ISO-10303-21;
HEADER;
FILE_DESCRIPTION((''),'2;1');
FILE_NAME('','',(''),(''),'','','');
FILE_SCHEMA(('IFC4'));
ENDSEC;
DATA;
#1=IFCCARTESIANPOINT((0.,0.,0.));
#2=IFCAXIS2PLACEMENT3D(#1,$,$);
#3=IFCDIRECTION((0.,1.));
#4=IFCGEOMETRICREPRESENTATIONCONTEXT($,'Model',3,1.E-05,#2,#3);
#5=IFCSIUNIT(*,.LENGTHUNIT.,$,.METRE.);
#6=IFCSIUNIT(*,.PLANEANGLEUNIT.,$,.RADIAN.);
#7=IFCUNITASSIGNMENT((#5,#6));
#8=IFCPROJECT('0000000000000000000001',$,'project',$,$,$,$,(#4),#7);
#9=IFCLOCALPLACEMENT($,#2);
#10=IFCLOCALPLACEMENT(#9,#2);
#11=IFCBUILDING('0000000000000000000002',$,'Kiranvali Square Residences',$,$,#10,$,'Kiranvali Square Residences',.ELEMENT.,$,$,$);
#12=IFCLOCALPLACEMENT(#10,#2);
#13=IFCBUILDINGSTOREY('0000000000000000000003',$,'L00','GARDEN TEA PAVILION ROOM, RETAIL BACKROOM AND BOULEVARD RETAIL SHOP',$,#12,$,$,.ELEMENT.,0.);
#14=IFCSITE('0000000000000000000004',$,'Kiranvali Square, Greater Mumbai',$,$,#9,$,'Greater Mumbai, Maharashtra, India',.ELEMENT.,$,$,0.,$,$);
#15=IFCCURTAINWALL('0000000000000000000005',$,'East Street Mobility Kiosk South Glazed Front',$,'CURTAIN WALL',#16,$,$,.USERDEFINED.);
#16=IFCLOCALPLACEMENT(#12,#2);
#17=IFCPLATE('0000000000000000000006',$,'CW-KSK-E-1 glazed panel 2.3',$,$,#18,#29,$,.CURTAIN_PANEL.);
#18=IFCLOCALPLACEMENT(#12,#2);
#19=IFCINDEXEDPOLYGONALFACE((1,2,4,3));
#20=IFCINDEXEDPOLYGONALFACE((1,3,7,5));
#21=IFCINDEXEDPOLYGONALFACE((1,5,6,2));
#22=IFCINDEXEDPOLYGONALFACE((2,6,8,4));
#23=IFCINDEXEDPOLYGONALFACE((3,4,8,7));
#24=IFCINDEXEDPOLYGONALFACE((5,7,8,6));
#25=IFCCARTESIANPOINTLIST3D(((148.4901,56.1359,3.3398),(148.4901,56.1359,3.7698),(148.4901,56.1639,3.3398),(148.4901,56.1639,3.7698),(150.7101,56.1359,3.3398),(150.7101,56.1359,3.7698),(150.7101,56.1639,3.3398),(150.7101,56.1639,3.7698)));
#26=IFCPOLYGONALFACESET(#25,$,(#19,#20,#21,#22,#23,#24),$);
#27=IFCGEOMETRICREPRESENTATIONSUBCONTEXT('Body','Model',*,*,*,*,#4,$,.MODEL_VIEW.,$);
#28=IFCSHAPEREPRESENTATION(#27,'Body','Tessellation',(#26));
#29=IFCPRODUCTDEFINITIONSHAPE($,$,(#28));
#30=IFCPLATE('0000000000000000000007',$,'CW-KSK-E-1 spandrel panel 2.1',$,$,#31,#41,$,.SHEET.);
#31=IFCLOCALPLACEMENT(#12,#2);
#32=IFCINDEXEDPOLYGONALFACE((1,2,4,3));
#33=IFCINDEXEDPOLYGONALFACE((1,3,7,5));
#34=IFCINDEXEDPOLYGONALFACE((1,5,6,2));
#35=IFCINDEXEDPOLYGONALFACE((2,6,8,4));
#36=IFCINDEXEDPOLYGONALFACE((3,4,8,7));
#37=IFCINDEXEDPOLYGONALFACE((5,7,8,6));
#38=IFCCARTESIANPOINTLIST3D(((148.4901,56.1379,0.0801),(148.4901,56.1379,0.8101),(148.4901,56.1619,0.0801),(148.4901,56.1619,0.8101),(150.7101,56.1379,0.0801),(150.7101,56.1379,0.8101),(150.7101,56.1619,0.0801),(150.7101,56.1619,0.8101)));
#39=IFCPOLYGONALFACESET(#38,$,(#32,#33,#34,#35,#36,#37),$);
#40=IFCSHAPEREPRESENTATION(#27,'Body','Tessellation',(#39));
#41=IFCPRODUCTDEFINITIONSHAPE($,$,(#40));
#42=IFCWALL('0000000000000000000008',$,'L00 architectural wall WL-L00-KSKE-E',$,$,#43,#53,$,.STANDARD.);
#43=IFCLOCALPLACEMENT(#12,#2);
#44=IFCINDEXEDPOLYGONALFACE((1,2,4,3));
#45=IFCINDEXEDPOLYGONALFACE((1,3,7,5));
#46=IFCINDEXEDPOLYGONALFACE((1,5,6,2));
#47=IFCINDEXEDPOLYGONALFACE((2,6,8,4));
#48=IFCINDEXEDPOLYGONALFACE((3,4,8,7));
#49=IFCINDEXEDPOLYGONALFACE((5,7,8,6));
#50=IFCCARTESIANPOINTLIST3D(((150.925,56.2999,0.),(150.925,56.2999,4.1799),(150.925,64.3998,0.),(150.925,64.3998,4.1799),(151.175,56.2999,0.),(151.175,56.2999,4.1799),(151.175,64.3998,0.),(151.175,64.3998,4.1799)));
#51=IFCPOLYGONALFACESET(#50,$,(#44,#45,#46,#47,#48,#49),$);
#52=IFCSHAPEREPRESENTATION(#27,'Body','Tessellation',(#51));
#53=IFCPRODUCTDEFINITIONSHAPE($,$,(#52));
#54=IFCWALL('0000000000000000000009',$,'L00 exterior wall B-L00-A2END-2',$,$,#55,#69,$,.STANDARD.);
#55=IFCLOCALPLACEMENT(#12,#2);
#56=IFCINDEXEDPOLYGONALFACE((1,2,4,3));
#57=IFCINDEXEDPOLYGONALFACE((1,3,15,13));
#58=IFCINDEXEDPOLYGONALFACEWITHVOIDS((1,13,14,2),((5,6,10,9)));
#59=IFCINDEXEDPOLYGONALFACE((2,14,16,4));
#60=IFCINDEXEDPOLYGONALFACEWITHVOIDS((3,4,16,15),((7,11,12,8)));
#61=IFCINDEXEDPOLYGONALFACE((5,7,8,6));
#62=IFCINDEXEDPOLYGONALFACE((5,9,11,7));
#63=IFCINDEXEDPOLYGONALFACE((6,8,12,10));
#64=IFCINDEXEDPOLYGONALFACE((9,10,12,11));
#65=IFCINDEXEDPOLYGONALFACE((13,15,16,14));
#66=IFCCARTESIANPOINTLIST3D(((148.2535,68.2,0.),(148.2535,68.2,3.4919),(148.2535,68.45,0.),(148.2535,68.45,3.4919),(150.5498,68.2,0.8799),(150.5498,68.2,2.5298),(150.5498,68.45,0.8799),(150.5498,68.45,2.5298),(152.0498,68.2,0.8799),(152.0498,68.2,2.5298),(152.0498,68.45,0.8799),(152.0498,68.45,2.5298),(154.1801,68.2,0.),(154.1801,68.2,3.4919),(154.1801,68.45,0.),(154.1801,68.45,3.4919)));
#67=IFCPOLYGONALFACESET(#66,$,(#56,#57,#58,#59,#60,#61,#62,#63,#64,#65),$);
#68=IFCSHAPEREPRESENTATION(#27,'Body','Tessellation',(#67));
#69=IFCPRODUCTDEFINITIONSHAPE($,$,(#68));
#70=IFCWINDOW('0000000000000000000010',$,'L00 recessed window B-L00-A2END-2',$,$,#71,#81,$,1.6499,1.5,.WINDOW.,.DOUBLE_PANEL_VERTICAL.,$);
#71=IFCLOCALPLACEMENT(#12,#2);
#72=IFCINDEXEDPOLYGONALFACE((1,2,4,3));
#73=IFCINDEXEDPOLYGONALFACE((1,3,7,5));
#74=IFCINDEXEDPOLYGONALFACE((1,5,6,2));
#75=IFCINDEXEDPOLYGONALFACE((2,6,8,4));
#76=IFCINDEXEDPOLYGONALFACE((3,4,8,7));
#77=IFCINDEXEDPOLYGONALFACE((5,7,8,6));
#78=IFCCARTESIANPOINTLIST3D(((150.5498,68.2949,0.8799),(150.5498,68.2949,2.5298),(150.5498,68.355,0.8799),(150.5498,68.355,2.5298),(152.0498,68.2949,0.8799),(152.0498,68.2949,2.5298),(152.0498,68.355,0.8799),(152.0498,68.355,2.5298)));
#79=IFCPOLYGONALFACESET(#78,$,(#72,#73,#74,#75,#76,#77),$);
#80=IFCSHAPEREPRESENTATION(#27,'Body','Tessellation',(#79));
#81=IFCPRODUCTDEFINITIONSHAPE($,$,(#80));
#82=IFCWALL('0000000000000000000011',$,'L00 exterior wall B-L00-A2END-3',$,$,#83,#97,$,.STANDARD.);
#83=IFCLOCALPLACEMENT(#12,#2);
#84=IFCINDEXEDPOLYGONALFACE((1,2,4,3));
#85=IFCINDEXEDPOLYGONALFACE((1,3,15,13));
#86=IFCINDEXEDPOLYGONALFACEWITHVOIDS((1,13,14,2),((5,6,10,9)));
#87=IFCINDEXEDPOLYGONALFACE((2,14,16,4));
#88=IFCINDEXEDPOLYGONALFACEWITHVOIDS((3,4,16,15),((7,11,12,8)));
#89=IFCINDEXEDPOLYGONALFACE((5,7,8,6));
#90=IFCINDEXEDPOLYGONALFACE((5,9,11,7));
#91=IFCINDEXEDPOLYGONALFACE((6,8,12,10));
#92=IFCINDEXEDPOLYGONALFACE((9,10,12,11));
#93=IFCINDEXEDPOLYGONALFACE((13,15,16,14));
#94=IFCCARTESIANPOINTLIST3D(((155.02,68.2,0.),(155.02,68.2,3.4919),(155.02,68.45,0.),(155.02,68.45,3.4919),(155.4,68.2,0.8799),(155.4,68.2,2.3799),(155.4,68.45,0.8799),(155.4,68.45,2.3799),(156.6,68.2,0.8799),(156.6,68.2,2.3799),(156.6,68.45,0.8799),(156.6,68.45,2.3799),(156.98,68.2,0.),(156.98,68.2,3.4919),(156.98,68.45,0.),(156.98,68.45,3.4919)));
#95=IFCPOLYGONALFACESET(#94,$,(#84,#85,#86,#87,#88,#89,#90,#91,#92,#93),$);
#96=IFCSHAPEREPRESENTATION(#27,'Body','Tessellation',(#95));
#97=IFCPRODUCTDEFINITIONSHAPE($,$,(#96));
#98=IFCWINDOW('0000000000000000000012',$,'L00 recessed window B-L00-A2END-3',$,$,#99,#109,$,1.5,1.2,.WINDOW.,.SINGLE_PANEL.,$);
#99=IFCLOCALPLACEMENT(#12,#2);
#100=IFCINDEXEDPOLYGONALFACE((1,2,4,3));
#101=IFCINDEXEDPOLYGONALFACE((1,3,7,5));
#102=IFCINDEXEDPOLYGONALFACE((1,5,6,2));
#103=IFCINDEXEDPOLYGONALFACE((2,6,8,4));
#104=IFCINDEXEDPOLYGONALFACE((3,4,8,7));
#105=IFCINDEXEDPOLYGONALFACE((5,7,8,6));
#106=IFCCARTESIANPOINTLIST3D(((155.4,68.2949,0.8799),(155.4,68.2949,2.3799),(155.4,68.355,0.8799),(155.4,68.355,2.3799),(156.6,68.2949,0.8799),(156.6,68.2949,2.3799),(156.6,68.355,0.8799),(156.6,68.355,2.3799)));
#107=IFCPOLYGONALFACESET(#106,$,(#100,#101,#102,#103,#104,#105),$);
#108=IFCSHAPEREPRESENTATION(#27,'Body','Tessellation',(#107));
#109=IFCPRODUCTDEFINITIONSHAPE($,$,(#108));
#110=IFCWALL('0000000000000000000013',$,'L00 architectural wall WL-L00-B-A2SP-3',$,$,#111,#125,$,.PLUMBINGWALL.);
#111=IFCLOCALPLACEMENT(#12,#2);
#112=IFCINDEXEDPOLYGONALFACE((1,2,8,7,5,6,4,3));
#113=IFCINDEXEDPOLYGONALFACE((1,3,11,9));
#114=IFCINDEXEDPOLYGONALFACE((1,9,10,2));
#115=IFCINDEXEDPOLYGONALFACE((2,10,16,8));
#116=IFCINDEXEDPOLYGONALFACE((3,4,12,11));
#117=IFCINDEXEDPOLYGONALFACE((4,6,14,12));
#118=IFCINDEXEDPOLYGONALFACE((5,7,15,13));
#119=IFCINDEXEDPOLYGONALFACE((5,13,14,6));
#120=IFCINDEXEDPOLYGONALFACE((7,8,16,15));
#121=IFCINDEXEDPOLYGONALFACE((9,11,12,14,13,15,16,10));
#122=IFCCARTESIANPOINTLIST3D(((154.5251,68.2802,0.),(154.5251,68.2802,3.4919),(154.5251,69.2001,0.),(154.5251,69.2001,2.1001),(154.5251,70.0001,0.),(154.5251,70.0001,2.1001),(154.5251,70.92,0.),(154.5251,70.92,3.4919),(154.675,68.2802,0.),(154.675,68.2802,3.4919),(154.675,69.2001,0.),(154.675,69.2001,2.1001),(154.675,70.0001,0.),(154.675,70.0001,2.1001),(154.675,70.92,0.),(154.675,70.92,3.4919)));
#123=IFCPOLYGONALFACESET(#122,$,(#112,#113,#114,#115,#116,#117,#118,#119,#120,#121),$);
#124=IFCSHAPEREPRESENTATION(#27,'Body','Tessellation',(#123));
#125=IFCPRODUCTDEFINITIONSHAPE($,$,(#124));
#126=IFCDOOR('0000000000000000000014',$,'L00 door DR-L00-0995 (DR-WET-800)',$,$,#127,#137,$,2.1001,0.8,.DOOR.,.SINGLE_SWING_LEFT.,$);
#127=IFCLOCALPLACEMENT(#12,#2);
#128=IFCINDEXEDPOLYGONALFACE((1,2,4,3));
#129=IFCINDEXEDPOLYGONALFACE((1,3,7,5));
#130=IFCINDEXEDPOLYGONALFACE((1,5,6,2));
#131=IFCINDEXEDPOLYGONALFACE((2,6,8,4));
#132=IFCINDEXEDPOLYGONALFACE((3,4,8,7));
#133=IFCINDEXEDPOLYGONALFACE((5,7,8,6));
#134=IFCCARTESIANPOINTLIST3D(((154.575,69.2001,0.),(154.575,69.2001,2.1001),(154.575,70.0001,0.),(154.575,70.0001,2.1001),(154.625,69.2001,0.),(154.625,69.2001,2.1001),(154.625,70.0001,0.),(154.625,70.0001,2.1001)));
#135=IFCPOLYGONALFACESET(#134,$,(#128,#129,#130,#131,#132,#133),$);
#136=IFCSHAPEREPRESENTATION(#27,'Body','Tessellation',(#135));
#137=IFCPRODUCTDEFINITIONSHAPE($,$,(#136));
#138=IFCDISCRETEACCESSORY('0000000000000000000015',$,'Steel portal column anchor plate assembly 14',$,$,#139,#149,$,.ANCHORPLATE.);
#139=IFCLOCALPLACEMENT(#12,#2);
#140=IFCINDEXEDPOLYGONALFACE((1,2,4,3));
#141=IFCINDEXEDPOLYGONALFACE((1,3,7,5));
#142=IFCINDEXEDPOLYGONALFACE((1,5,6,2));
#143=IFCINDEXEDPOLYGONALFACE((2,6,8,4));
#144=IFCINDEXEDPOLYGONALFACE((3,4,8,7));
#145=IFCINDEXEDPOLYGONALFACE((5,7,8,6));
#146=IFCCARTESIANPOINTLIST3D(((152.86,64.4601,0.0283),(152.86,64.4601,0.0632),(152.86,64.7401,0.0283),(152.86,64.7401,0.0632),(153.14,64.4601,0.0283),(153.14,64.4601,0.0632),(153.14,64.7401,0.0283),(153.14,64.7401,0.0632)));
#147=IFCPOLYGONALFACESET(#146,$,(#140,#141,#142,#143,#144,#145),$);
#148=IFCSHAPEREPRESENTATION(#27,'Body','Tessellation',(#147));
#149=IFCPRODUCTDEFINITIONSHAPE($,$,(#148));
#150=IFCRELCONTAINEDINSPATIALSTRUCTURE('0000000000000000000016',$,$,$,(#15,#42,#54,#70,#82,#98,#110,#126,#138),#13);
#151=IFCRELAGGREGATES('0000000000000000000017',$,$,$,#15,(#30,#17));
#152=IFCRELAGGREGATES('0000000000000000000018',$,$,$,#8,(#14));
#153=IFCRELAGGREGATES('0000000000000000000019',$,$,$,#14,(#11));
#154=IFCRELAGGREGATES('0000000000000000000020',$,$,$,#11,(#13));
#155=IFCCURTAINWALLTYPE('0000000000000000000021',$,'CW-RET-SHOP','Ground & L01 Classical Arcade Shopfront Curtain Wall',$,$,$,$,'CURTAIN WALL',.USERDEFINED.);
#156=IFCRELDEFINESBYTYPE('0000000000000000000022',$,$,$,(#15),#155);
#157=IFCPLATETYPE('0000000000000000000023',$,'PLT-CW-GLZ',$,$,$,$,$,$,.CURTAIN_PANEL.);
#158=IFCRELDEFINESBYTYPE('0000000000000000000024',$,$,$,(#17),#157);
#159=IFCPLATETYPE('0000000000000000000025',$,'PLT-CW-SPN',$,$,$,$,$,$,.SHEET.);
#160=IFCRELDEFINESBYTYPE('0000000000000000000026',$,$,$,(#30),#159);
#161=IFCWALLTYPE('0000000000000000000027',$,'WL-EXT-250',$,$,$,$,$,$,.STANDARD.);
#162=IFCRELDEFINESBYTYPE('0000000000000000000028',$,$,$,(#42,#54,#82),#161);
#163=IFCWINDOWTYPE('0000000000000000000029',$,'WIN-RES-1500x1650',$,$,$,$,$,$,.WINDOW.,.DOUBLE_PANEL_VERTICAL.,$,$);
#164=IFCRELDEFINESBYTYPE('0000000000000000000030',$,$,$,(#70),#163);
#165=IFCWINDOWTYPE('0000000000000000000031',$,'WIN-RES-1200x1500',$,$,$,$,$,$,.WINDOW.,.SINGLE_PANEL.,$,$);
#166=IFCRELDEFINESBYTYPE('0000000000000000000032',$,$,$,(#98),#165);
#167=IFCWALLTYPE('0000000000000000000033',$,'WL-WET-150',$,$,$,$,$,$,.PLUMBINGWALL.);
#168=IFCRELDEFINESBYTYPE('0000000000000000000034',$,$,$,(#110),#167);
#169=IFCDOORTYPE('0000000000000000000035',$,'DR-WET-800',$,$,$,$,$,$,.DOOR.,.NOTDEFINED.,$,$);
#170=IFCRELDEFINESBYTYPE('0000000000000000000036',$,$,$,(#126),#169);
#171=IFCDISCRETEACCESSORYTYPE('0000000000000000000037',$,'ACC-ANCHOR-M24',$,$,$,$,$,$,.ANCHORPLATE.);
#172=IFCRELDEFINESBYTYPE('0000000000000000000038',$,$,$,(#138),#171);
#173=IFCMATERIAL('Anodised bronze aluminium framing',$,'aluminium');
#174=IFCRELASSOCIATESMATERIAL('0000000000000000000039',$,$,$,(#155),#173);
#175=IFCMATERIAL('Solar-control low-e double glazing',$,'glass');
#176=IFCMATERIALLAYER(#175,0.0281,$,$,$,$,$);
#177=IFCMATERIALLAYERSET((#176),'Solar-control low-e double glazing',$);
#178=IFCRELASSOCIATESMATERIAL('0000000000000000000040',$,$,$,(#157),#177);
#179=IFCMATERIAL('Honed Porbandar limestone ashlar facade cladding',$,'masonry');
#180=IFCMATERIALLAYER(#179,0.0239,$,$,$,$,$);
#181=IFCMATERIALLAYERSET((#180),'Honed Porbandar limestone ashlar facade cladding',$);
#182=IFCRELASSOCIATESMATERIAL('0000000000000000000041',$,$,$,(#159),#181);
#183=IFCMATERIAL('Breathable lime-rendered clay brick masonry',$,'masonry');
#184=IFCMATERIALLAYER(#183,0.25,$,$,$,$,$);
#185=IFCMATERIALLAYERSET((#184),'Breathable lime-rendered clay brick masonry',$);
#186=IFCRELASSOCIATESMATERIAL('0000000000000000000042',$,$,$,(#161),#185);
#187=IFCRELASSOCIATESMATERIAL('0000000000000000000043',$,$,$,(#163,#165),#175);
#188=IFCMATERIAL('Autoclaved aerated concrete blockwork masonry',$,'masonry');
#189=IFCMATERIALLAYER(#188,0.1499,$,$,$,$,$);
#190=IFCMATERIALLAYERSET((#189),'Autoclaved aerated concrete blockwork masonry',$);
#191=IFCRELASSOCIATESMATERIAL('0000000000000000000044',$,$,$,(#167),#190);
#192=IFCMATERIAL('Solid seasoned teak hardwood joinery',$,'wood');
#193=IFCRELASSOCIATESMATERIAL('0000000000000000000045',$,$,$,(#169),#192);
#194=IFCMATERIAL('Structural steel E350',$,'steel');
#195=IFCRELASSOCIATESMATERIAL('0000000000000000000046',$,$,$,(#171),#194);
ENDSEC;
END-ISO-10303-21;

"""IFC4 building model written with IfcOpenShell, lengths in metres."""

from ifc_helpers import new_model, si_unit, direction, frame, frame_2d, origin, origin_2d, place, context, subcontext, project, spatial, rectangle, extrude, material, layer, layer_set, type_object, element, fill, aggregate, save


model = new_model("IFC4")

# Units and contexts
model_context = context("Model", 3, precision=1e-05, world=origin(), true_north=direction((0.0, 1.0)))
body_context = subcontext(model_context, "Body", "Model", "MODEL_VIEW")
ifc_project = project(units=[si_unit("LENGTHUNIT", "METRE"), si_unit("PLANEANGLEUNIT", "RADIAN")], contexts=[model_context])

# Site, building, storey
site_placement = place(None, origin())
site = spatial("IfcSite", under=ifc_project, at=site_placement, Name="Kiranvali Square, Greater Mumbai", LongName="Greater Mumbai, Maharashtra, India", CompositionType="ELEMENT", RefElevation=0.0)
building_placement = place(site_placement, origin())
building = spatial("IfcBuilding", under=site, at=building_placement, Name="Kiranvali Square Residences", LongName="Kiranvali Square Residences", CompositionType="ELEMENT")
storey_placement = place(building_placement, origin())
storey = spatial("IfcBuildingStorey", under=building, at=storey_placement, Name="L00", Description="GARDEN TEA PAVILION ROOM, RETAIL BACKROOM AND BOULEVARD RETAIL SHOP", CompositionType="ELEMENT", Elevation=0.0)

# Shared definitions
ifc_material_1 = material(Name="Structural steel E350", Category="steel")

# Curtain wall
ifc_material_2 = material(Name="Anodised bronze aluminium framing", Category="aluminium")
curtain_wall_type = type_object("IfcCurtainWallType", Name="CW-RET-SHOP", Description="Ground & L01 Classical Arcade Shopfront Curtain Wall", ElementType="CURTAIN WALL", PredefinedType="USERDEFINED", material=ifc_material_2)
curtain_wall_placement = place(storey_placement, origin())
curtain_wall = element("IfcCurtainWall", 1, at=curtain_wall_placement, inside=storey, type_object=curtain_wall_type, Name="East Street Mobility Kiosk South Glazed Front", ObjectType="CURTAIN WALL", PredefinedType="USERDEFINED")

# Plates
ifc_material_3 = material(Name="Solar-control low-e double glazing", Category="glass")
ifc_layer_1 = layer(ifc_material_3, 0.0281)
ifc_layer_set_1 = layer_set([ifc_layer_1], Name="Solar-control low-e double glazing")
plate_type_1 = type_object("IfcPlateType", Name="PLT-CW-GLZ", PredefinedType="CURTAIN_PANEL", material=ifc_layer_set_1)
plate_1_placement = place(storey_placement, frame((149.6001, 56.1499, 3.3398), z_axis=(0.0, 0.0, 1.0), x_axis=(1.0, 0.0, 0.0)))
plate_1 = element("IfcPlate", 2, at=plate_1_placement, type_object=plate_type_1, Name="CW-KSK-E-1 glazed panel 2.3", PredefinedType="CURTAIN_PANEL", context=body_context, shape_type="SweptSolid", body=[
    extrude(rectangle(XDim=2.22, YDim=0.0281, at=origin_2d()), origin(), (0.0, 0.0, 1.0), 0.4299),
])
ifc_material_4 = material(Name="Honed Porbandar limestone ashlar facade cladding", Category="masonry")
ifc_layer_2 = layer(ifc_material_4, 0.0239)
ifc_layer_set_2 = layer_set([ifc_layer_2], Name="Honed Porbandar limestone ashlar facade cladding")
plate_type_2 = type_object("IfcPlateType", Name="PLT-CW-SPN", PredefinedType="SHEET", material=ifc_layer_set_2)
plate_2_placement = place(storey_placement, frame((149.6001, 56.1499, 0.0801), z_axis=(0.0, 0.0, 1.0), x_axis=(1.0, 0.0, 0.0)))
plate_2 = element("IfcPlate", 3, at=plate_2_placement, type_object=plate_type_2, Name="CW-KSK-E-1 spandrel panel 2.1", PredefinedType="SHEET", context=body_context, shape_type="SweptSolid", body=[
    extrude(rectangle(XDim=2.22, YDim=0.0239, at=origin_2d()), origin(), (0.0, 0.0, 1.0), 0.73),
])
aggregate(curtain_wall, [plate_2, plate_1])

# Wall
ifc_material_5 = material(Name="Breathable lime-rendered clay brick masonry", Category="masonry")
ifc_layer_3 = layer(ifc_material_5, 0.25)
ifc_layer_set_3 = layer_set([ifc_layer_3], Name="Breathable lime-rendered clay brick masonry")
wall_type_1 = type_object("IfcWallType", Name="WL-EXT-250", PredefinedType="STANDARD", material=ifc_layer_set_3)
wall_1_placement = place(storey_placement, frame((151.05, 56.3, 0.0), z_axis=(0.0, 0.0, 1.0), x_axis=(0.0, 1.0, 0.0)))
element("IfcWall", 4, at=wall_1_placement, inside=storey, type_object=wall_type_1, Name="L00 architectural wall WL-L00-KSKE-E", PredefinedType="STANDARD", context=body_context, shape_type="SweptSolid", body=[
    extrude(rectangle(XDim=8.0999, YDim=0.25, at=frame_2d((4.0498, 0.0))), origin(), (0.0, 0.0, 1.0), 4.1799),
])

# Walls, openings, windows
wall_2_placement = place(storey_placement, frame((148.2534, 68.325, 0.0), z_axis=(0.0, 0.0, 1.0), x_axis=(1.0, 0.0, 0.0)))
wall_2 = element("IfcWall", 5, at=wall_2_placement, inside=storey, type_object=wall_type_1, Name="L00 exterior wall B-L00-A2END-2", PredefinedType="STANDARD", context=body_context, shape_type="SweptSolid", body=[
    extrude(rectangle(XDim=5.9265, YDim=0.25, at=frame_2d((2.9634, 0.0))), origin(), (0.0, 0.0, 1.0), 3.4919),
])
opening_1_placement = place(wall_2_placement, frame((2.2964, 0.0, 0.8799)))
opening_1 = element("IfcOpeningElement", 6, at=opening_1_placement, cuts=wall_2, PredefinedType="OPENING", context=body_context, shape_type="SweptSolid", body=[
    extrude(rectangle(XDim=1.5, YDim=1.6499, at=frame_2d((0.75, 0.825))), frame((0.0, 0.135, 0.0), z_axis=(0.0, -1.0, 0.0), x_axis=(1.0, 0.0, 0.0)), (0.0, 0.0, 1.0), 0.27),
])
window_type_1 = type_object("IfcWindowType", Name="WIN-RES-1500x1650", PartitioningType="DOUBLE_PANEL_VERTICAL", PredefinedType="WINDOW", material=ifc_material_3)
window_1_placement = place(opening_1_placement, origin())
window_1 = element("IfcWindow", 7, at=window_1_placement, inside=storey, type_object=window_type_1, Name="L00 recessed window B-L00-A2END-2", OverallHeight=1.6499, OverallWidth=1.5, PartitioningType="DOUBLE_PANEL_VERTICAL", PredefinedType="WINDOW", context=body_context, shape_type="SweptSolid", body=[
    extrude(rectangle(XDim=1.5, YDim=1.6499, at=frame_2d((0.75, 0.825))), frame((0.0, 0.03, 0.0), z_axis=(0.0, -1.0, 0.0), x_axis=(1.0, 0.0, 0.0)), (0.0, 0.0, 1.0), 0.0601),
])
fill(opening_1, window_1)
wall_3_placement = place(storey_placement, frame((155.02, 68.325, 0.0), z_axis=(0.0, 0.0, 1.0), x_axis=(1.0, 0.0, 0.0)))
wall_3 = element("IfcWall", 8, at=wall_3_placement, inside=storey, type_object=wall_type_1, Name="L00 exterior wall B-L00-A2END-3", PredefinedType="STANDARD", context=body_context, shape_type="SweptSolid", body=[
    extrude(rectangle(XDim=1.96, YDim=0.25, at=frame_2d((0.98, 0.0))), origin(), (0.0, 0.0, 1.0), 3.4919),
])
opening_2_placement = place(wall_3_placement, frame((0.3799, 0.0, 0.8799)))
opening_2 = element("IfcOpeningElement", 9, at=opening_2_placement, cuts=wall_3, PredefinedType="OPENING", context=body_context, shape_type="SweptSolid", body=[
    extrude(rectangle(XDim=1.2, YDim=1.5, at=frame_2d((0.6001, 0.75))), frame((0.0, 0.135, 0.0), z_axis=(0.0, -1.0, 0.0), x_axis=(1.0, 0.0, 0.0)), (0.0, 0.0, 1.0), 0.27),
])
window_type_2 = type_object("IfcWindowType", Name="WIN-RES-1200x1500", PartitioningType="SINGLE_PANEL", PredefinedType="WINDOW", material=ifc_material_3)
window_2_placement = place(opening_2_placement, origin())
window_2 = element("IfcWindow", 10, at=window_2_placement, inside=storey, type_object=window_type_2, Name="L00 recessed window B-L00-A2END-3", OverallHeight=1.5, OverallWidth=1.2, PartitioningType="SINGLE_PANEL", PredefinedType="WINDOW", context=body_context, shape_type="SweptSolid", body=[
    extrude(rectangle(XDim=1.2, YDim=1.5, at=frame_2d((0.6001, 0.75))), frame((0.0, 0.03, 0.0), z_axis=(0.0, -1.0, 0.0), x_axis=(1.0, 0.0, 0.0)), (0.0, 0.0, 1.0), 0.0601),
])
fill(opening_2, window_2)

# Wall, opening, door
ifc_material_6 = material(Name="Autoclaved aerated concrete blockwork masonry", Category="masonry")
ifc_layer_4 = layer(ifc_material_6, 0.1499)
ifc_layer_set_4 = layer_set([ifc_layer_4], Name="Autoclaved aerated concrete blockwork masonry")
wall_type_2 = type_object("IfcWallType", Name="WL-WET-150", PredefinedType="PLUMBINGWALL", material=ifc_layer_set_4)
wall_4_placement = place(storey_placement, frame((154.6001, 70.9199, 0.0), z_axis=(0.0, 0.0, 1.0), x_axis=(0.0, -1.0, 0.0)))
wall_4 = element("IfcWall", 11, at=wall_4_placement, inside=storey, type_object=wall_type_2, Name="L00 architectural wall WL-L00-B-A2SP-3", PredefinedType="PLUMBINGWALL", context=body_context, shape_type="SweptSolid", body=[
    extrude(rectangle(XDim=2.6399, YDim=0.1499, at=frame_2d((1.3198, 0.0))), origin(), (0.0, 0.0, 1.0), 3.4919),
])
opening_3_placement = place(wall_4_placement, frame((0.9199, 0.0, 0.0)))
opening_3 = element("IfcOpeningElement", 12, at=opening_3_placement, cuts=wall_4, PredefinedType="OPENING", context=body_context, shape_type="SweptSolid", body=[
    extrude(rectangle(XDim=0.8, YDim=2.1001, at=frame_2d((0.3999, 1.05))), frame((0.0, 0.085, 0.0), z_axis=(0.0, -1.0, 0.0), x_axis=(1.0, 0.0, 0.0)), (0.0, 0.0, 1.0), 0.1699),
])
ifc_material_7 = material(Name="Solid seasoned teak hardwood joinery", Category="wood")
door_type = type_object("IfcDoorType", Name="DR-WET-800", OperationType="NOTDEFINED", PredefinedType="DOOR", material=ifc_material_7)
door_placement = place(opening_3_placement, origin())
door = element("IfcDoor", 13, at=door_placement, inside=storey, type_object=door_type, Name="L00 door DR-L00-0995 (DR-WET-800)", OperationType="SINGLE_SWING_LEFT", OverallHeight=2.1001, OverallWidth=0.8, PredefinedType="DOOR", context=body_context, shape_type="SweptSolid", body=[
    extrude(rectangle(XDim=0.8, YDim=2.1001, at=frame_2d((0.3999, 1.05))), frame((0.0, 0.0249, 0.0), z_axis=(0.0, -1.0, 0.0), x_axis=(1.0, 0.0, 0.0)), (0.0, 0.0, 1.0), 0.05),
])
fill(opening_3, door)

# Discrete accessory
discrete_accessory_type = type_object("IfcDiscreteAccessoryType", Name="ACC-ANCHOR-M24", PredefinedType="ANCHORPLATE", material=ifc_material_1)
discrete_accessory_placement = place(storey_placement, frame((153.0, 64.6001, 0.0283), z_axis=(0.0, 0.0, 1.0), x_axis=(1.0, 0.0, 0.0)))
element("IfcDiscreteAccessory", 14, at=discrete_accessory_placement, inside=storey, type_object=discrete_accessory_type, Name="Steel portal column anchor plate assembly 14", PredefinedType="ANCHORPLATE", context=body_context, shape_type="SweptSolid", body=[
    extrude(rectangle(XDim=0.28, YDim=0.28, at=origin_2d()), origin(), (0.0, 0.0, 1.0), 0.0349),
])

save(model, "model.ifc")
